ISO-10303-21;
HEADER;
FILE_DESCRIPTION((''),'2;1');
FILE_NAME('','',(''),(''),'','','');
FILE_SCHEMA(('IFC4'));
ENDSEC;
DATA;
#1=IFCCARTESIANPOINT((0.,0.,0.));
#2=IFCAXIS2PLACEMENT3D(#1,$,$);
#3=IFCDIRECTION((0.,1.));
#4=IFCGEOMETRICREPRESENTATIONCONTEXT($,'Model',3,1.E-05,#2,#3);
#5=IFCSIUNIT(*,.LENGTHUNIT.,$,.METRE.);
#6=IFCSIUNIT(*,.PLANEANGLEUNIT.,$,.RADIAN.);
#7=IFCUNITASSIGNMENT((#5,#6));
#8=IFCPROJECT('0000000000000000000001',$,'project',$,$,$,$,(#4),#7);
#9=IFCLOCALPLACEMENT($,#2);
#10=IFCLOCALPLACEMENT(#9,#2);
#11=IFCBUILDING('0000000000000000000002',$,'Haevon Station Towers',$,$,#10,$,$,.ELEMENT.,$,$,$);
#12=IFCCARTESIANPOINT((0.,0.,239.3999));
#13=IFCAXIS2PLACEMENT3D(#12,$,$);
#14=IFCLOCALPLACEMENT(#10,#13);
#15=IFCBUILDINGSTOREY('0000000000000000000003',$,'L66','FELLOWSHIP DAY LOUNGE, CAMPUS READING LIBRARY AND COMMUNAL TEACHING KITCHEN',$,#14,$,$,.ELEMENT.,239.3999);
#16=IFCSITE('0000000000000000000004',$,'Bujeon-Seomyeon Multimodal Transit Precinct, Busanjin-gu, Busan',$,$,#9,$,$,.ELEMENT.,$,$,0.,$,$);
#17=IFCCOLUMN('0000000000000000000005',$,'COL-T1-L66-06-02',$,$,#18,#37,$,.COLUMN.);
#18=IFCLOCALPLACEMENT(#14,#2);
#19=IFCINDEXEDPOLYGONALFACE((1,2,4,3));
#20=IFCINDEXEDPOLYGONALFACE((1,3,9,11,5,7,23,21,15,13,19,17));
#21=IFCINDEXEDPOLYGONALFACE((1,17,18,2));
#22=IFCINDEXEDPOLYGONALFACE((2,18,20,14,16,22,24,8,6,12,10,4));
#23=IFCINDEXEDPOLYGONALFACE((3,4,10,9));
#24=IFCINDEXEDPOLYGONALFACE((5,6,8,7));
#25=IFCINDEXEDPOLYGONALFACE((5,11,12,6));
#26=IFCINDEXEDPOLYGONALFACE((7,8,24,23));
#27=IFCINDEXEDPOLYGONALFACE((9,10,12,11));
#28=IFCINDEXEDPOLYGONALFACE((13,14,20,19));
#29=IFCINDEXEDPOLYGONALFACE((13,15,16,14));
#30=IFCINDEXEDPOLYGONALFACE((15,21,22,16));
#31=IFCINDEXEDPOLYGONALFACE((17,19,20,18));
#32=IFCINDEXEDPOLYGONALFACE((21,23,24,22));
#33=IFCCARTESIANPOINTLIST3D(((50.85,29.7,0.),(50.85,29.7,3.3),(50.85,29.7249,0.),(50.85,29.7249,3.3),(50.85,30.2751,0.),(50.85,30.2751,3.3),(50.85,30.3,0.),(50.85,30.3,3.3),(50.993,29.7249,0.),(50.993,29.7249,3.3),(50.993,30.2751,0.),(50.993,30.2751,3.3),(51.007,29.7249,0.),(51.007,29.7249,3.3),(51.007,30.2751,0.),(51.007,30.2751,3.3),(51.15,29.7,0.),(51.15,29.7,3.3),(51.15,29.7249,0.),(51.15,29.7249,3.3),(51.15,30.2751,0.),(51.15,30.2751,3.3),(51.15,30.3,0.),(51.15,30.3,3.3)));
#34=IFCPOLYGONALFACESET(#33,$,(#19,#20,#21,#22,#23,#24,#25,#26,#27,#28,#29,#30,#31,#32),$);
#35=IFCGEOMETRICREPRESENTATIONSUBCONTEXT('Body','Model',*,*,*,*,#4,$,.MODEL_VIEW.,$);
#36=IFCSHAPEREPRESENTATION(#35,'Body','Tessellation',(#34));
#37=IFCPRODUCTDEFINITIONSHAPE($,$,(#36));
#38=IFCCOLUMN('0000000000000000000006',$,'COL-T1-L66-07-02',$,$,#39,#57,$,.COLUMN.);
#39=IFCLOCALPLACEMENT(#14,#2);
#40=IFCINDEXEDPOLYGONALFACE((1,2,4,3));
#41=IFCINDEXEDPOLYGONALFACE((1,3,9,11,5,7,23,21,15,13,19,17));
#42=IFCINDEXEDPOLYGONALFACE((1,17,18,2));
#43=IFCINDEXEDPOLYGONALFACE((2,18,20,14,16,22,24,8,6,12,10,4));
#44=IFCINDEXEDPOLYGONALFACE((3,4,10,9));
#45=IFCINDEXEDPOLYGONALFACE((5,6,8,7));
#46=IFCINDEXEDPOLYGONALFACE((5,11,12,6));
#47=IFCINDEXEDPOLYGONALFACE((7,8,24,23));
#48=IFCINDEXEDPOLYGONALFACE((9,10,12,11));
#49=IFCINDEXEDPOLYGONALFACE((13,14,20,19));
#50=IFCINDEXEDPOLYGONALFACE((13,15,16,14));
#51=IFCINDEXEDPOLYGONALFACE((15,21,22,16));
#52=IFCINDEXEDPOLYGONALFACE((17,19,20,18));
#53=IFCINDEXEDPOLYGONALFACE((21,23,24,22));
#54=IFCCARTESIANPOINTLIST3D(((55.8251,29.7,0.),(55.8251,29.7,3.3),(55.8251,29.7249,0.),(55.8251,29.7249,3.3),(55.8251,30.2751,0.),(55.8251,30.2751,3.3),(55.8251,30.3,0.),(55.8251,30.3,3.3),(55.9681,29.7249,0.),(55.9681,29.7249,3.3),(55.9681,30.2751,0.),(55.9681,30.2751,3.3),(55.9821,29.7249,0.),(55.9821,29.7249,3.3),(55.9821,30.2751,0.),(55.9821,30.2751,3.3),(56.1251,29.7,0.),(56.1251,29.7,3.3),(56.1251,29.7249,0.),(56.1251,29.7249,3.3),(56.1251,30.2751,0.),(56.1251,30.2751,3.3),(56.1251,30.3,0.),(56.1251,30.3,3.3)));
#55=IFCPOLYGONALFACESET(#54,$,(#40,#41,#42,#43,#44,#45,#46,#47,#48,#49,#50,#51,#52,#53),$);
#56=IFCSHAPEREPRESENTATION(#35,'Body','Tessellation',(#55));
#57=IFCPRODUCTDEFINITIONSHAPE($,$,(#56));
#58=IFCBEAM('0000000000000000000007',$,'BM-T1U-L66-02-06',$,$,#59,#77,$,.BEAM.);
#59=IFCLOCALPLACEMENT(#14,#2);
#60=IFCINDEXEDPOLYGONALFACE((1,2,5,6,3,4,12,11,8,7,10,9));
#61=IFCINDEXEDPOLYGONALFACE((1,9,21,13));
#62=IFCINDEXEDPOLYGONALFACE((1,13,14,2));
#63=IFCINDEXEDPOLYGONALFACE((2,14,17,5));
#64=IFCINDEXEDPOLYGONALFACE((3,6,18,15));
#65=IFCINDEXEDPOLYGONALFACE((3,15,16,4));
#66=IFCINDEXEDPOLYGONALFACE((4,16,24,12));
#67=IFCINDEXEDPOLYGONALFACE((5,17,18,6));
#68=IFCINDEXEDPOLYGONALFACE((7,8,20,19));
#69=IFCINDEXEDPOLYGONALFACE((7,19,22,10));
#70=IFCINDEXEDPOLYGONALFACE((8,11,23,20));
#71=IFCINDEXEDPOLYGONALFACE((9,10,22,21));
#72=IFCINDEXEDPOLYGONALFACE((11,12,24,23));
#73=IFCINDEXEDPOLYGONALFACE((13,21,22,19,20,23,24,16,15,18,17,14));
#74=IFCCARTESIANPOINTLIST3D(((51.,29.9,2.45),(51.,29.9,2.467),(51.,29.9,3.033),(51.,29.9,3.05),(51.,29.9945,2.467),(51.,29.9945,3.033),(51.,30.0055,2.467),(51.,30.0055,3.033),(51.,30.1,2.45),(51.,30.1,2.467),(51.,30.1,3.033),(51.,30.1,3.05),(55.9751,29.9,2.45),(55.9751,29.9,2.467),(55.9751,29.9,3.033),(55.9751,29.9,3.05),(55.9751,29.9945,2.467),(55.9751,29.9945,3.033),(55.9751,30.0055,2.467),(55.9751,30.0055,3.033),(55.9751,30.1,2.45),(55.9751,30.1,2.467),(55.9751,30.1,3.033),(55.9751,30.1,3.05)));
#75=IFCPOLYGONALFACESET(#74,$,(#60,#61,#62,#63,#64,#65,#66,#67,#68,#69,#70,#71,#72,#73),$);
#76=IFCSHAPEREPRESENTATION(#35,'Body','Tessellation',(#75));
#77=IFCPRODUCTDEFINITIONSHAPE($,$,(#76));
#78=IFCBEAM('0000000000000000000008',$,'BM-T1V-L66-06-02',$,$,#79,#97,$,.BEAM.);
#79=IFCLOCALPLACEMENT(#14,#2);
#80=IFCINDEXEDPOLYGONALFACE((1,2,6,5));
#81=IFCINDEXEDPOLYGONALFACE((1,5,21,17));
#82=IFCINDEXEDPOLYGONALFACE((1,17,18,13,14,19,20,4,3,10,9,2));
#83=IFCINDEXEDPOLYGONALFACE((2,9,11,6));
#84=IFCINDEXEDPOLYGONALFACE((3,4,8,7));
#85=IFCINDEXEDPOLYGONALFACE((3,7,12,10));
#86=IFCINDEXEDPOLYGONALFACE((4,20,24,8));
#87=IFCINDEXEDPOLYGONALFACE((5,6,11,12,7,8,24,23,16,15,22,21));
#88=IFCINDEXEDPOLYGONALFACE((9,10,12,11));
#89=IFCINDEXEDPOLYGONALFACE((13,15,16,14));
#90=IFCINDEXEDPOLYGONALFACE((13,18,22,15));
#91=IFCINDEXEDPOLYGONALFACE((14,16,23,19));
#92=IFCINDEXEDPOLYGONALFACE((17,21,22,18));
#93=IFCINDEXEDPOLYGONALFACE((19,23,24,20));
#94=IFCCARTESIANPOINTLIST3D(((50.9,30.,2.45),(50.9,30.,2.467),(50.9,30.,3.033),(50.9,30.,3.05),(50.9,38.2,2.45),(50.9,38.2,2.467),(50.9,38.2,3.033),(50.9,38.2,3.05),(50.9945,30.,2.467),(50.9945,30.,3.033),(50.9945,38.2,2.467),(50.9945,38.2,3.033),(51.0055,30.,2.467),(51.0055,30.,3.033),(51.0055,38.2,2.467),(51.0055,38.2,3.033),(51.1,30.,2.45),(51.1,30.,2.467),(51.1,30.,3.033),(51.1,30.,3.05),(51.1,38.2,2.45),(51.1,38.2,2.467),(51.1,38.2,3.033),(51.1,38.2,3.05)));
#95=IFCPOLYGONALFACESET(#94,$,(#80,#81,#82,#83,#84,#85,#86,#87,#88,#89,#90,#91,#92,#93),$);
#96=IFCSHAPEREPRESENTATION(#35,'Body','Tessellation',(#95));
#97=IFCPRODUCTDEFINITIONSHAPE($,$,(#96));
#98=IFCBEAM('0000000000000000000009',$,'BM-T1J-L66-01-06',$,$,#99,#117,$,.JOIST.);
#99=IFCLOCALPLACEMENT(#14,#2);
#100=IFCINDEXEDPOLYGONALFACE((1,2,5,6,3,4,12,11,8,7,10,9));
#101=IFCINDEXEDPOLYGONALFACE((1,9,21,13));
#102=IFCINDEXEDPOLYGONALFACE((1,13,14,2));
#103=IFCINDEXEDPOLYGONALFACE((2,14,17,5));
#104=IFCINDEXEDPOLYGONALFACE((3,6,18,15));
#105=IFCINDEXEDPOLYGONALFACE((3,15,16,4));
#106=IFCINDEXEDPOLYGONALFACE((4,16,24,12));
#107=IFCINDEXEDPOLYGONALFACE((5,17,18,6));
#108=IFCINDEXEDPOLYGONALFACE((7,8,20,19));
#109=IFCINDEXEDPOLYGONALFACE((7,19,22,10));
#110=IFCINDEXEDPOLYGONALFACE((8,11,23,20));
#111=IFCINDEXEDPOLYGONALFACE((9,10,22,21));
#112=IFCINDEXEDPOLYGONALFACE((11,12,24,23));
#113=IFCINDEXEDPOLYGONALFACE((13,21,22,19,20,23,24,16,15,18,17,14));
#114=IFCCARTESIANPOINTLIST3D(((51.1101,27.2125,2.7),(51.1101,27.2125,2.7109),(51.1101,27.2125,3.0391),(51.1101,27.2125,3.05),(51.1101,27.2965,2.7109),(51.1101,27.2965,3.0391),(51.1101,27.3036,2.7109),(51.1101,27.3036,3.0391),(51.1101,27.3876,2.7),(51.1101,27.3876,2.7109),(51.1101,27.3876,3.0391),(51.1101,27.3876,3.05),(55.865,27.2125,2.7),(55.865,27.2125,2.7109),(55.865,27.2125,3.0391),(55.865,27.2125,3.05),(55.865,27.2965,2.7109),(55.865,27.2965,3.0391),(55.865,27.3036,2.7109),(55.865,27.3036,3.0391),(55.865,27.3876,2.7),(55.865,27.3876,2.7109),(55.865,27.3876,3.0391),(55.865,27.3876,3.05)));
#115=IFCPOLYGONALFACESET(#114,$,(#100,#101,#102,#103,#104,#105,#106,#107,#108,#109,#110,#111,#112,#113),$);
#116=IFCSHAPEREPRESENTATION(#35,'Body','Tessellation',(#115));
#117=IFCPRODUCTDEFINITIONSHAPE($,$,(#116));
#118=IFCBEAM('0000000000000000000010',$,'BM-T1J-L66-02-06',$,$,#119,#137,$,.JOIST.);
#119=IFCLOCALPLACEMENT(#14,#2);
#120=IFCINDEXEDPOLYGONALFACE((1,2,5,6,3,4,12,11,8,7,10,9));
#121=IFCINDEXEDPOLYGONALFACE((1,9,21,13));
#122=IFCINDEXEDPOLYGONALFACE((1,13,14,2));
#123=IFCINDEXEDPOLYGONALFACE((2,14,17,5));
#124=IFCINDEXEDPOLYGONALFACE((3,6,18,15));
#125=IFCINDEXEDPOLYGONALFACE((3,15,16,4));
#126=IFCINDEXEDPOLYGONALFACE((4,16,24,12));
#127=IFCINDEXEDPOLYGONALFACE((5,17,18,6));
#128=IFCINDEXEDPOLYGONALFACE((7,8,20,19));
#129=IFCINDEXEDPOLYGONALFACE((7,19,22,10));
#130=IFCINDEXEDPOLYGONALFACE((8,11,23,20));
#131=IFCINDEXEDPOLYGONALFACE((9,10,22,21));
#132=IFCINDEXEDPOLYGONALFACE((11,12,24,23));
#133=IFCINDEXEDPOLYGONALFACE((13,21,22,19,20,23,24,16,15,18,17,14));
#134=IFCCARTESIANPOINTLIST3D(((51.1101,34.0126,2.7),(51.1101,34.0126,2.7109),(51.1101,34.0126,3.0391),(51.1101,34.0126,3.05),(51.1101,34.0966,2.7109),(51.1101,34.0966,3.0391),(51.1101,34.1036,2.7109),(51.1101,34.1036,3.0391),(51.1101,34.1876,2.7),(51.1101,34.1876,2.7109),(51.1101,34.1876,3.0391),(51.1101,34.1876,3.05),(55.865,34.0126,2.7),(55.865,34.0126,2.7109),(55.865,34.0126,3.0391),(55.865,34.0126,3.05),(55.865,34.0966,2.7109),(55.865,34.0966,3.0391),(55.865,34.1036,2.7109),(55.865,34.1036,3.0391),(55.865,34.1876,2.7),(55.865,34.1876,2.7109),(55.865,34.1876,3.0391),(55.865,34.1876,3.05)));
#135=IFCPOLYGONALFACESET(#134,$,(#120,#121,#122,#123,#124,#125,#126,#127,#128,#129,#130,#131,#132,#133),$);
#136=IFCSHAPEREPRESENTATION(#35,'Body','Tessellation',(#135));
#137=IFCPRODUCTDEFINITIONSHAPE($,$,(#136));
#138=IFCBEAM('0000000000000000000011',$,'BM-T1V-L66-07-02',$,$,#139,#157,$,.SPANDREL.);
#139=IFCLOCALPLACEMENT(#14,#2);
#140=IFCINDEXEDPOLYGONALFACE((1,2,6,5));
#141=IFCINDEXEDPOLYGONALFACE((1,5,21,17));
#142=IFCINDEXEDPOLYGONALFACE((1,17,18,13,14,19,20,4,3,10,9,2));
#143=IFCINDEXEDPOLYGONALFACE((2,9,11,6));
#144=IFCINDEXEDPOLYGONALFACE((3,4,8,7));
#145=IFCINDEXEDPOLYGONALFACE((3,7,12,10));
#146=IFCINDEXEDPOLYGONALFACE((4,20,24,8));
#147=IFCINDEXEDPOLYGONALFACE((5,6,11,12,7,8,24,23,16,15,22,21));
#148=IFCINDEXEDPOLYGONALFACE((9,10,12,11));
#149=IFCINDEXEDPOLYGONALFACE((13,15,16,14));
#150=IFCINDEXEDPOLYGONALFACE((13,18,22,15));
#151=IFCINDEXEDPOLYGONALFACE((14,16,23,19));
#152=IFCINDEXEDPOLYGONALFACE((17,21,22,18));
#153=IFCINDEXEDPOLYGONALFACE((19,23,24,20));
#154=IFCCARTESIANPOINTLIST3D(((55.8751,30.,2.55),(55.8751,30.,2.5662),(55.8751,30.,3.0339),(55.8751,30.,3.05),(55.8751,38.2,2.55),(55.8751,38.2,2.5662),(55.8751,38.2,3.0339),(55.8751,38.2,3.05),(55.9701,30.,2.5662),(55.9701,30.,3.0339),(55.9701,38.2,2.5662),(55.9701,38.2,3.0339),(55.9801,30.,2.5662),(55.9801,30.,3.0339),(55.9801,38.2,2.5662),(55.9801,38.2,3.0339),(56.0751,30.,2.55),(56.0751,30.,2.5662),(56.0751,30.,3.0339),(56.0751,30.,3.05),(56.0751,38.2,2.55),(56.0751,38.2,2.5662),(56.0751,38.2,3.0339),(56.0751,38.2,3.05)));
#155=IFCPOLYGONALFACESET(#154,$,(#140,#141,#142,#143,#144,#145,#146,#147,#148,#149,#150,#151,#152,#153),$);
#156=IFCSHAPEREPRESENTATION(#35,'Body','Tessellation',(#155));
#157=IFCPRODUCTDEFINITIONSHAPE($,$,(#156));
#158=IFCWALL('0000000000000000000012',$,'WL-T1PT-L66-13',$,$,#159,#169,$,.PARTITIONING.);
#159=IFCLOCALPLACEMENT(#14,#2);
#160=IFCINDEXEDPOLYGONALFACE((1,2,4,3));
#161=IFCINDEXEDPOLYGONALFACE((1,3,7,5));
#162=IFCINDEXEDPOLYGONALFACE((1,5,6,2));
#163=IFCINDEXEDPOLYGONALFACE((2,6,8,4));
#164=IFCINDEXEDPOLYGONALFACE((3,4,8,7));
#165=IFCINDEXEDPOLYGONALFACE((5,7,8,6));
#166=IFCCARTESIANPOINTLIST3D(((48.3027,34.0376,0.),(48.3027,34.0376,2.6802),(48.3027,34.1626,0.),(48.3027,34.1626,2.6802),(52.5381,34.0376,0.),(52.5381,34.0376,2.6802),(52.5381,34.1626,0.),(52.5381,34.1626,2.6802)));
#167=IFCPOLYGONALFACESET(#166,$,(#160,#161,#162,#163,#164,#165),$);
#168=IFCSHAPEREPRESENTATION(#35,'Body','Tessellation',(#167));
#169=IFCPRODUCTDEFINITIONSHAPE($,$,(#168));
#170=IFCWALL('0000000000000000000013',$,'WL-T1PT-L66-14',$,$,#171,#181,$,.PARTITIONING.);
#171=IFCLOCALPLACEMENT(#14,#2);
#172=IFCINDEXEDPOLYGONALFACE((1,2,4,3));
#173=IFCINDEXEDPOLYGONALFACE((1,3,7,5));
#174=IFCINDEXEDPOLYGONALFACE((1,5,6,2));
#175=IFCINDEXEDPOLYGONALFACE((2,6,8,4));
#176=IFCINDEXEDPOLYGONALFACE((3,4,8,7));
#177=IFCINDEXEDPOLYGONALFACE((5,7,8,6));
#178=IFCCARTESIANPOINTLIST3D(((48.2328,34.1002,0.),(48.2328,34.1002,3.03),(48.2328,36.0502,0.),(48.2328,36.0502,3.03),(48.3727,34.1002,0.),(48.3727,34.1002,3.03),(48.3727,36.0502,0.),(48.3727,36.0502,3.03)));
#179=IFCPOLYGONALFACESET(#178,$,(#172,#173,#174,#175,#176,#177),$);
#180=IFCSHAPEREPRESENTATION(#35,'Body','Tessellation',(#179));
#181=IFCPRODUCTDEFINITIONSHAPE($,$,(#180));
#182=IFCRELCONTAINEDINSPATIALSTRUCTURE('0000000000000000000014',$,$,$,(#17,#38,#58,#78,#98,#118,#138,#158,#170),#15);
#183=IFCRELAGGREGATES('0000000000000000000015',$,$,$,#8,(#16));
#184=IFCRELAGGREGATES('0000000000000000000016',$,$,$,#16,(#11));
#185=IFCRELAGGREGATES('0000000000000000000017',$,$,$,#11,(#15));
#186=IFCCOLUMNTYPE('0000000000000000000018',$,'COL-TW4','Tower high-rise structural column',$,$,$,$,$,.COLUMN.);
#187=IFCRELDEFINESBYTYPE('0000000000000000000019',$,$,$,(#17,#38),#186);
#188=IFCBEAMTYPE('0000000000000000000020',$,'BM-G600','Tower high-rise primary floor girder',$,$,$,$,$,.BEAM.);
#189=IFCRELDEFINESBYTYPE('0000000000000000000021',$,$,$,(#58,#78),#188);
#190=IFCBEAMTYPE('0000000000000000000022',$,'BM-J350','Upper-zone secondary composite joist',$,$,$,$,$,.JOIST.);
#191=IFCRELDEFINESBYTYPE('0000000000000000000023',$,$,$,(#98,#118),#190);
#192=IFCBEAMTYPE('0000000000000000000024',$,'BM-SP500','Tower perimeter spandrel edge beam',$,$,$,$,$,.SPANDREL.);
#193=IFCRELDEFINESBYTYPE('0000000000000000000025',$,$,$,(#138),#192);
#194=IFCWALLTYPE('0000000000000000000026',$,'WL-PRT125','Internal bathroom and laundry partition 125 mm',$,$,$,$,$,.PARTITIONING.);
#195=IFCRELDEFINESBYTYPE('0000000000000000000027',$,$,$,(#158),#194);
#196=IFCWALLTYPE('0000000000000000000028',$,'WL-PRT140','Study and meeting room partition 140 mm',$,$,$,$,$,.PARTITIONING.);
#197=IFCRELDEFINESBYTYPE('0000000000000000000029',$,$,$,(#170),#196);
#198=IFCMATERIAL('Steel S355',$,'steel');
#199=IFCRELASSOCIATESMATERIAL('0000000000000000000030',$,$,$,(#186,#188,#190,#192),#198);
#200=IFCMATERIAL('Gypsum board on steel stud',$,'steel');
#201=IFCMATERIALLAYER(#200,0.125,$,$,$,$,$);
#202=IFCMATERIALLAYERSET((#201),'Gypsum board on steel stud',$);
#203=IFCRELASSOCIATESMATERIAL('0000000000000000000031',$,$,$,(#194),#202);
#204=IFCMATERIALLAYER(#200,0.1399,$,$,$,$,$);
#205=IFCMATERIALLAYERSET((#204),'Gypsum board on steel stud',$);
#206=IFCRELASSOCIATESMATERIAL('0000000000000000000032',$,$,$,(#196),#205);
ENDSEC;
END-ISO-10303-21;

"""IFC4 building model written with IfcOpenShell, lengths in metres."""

from ifc_helpers import new_model, si_unit, direction, frame, frame_2d, origin, origin_2d, place, context, subcontext, project, spatial, rectangle, i_section, extrude, material, layer, layer_set, material_profile, profile_set, type_object, element, save


model = new_model("IFC4")

# Units and contexts
model_context = context("Model", 3, precision=1e-05, world=origin(), true_north=direction((0.0, 1.0)))
body_context = subcontext(model_context, "Body", "Model", "MODEL_VIEW")
ifc_project = project(units=[si_unit("LENGTHUNIT", "METRE"), si_unit("PLANEANGLEUNIT", "RADIAN")], contexts=[model_context])

# Site, building, storey
site_placement = place(None, origin())
site = spatial("IfcSite", under=ifc_project, at=site_placement, Name="Bujeon-Seomyeon Multimodal Transit Precinct, Busanjin-gu, Busan", CompositionType="ELEMENT", RefElevation=0.0)
building_placement = place(site_placement, origin())
building = spatial("IfcBuilding", under=site, at=building_placement, Name="Haevon Station Towers", CompositionType="ELEMENT")
storey_placement = place(building_placement, frame((0.0, 0.0, 239.3999)))
storey = spatial("IfcBuildingStorey", under=building, at=storey_placement, Name="L66", Description="FELLOWSHIP DAY LOUNGE, CAMPUS READING LIBRARY AND COMMUNAL TEACHING KITCHEN", CompositionType="ELEMENT", Elevation=239.3999)

# Columns
ifc_material_1 = material(Name="Steel S355", Category="steel")
ifc_material_profile_1 = material_profile(ifc_material_1, i_section(OverallWidth=0.3, OverallDepth=0.6001, WebThickness=0.0139, FlangeThickness=0.0249, at=origin_2d()), Name="H-600x300x14x25")
ifc_profile_set_1 = profile_set([ifc_material_profile_1], Name="Steel S355")
column_type = type_object("IfcColumnType", Name="COL-TW4", Description="Tower high-rise structural column", PredefinedType="COLUMN", material=ifc_profile_set_1)
for number, where, z_axis, x_axis, name in (
    (1, (51.0, 30.0, 0.0), (0.0, 0.0, 1.0), (1.0, 0.0, 0.0), "COL-T1-L66-06-02"),
    (2, (55.9751, 30.0, 0.0), (0.0, 0.0, 1.0), (1.0, 0.0, 0.0), "COL-T1-L66-07-02"),
):
    element("IfcColumn", number, at=place(storey_placement, frame(where, z_axis=z_axis, x_axis=x_axis)), inside=storey, type_object=column_type, Name=name, PredefinedType="COLUMN", context=body_context, shape_type="SweptSolid", body=[
        extrude(i_section(OverallWidth=0.3, OverallDepth=0.6001, WebThickness=0.0139, FlangeThickness=0.0249, at=origin_2d()), origin(), (0.0, 0.0, 1.0), 3.3),
    ])

# Beams
ifc_material_profile_2 = material_profile(ifc_material_1, i_section(OverallWidth=0.2, OverallDepth=0.6001, WebThickness=0.011, FlangeThickness=0.0171, at=origin_2d()), Name="H-600x200x11x17")
ifc_profile_set_2 = profile_set([ifc_material_profile_2], Name="Steel S355")
beam_type_1 = type_object("IfcBeamType", Name="BM-G600", Description="Tower high-rise primary floor girder", PredefinedType="BEAM", material=ifc_profile_set_2)
beam_1_placement = place(storey_placement, frame((51.0, 30.0, 2.75), z_axis=(1.0, 0.0, 0.0), x_axis=(0.0, 1.0, 0.0)))
element("IfcBeam", 3, at=beam_1_placement, inside=storey, type_object=beam_type_1, Name="BM-T1U-L66-02-06", PredefinedType="BEAM", context=body_context, shape_type="SweptSolid", body=[
    extrude(i_section(OverallWidth=0.2, OverallDepth=0.6001, WebThickness=0.011, FlangeThickness=0.0171, at=origin_2d()), origin(), (0.0, 0.0, 1.0), 4.9751),
])
beam_2_placement = place(storey_placement, frame((51.0, 30.0, 2.75), z_axis=(0.0, 1.0, 0.0), x_axis=(-1.0, 0.0, 0.0)))
element("IfcBeam", 4, at=beam_2_placement, inside=storey, type_object=beam_type_1, Name="BM-T1V-L66-06-02", PredefinedType="BEAM", context=body_context, shape_type="SweptSolid", body=[
    extrude(i_section(OverallWidth=0.2, OverallDepth=0.6001, WebThickness=0.011, FlangeThickness=0.0171, at=origin_2d()), origin(), (0.0, 0.0, 1.0), 8.2),
])
ifc_material_profile_3 = material_profile(ifc_material_1, i_section(OverallWidth=0.175, OverallDepth=0.3501, WebThickness=0.0071, FlangeThickness=0.011, at=origin_2d()), Name="H-350x175x7x11")
ifc_profile_set_3 = profile_set([ifc_material_profile_3], Name="Steel S355")
beam_type_2 = type_object("IfcBeamType", Name="BM-J350", Description="Upper-zone secondary composite joist", PredefinedType="JOIST", material=ifc_profile_set_3)
for number, where, z_axis, x_axis, name in (
    (5, (51.1101, 27.3, 2.875), (1.0, 0.0, 0.0), (0.0, 1.0, 0.0), "BM-T1J-L66-01-06"),
    (6, (51.1101, 34.1001, 2.875), (1.0, 0.0, 0.0), (0.0, 1.0, 0.0), "BM-T1J-L66-02-06"),
):
    element("IfcBeam", number, at=place(storey_placement, frame(where, z_axis=z_axis, x_axis=x_axis)), inside=storey, type_object=beam_type_2, Name=name, PredefinedType="JOIST", context=body_context, shape_type="SweptSolid", body=[
        extrude(i_section(OverallWidth=0.175, OverallDepth=0.3501, WebThickness=0.0071, FlangeThickness=0.011, at=origin_2d()), origin(), (0.0, 0.0, 1.0), 4.7549),
    ])
ifc_material_profile_4 = material_profile(ifc_material_1, i_section(OverallWidth=0.2, OverallDepth=0.5, WebThickness=0.01, FlangeThickness=0.0161, at=origin_2d()), Name="H-500x200x10x16")
ifc_profile_set_4 = profile_set([ifc_material_profile_4], Name="Steel S355")
beam_type_3 = type_object("IfcBeamType", Name="BM-SP500", Description="Tower perimeter spandrel edge beam", PredefinedType="SPANDREL", material=ifc_profile_set_4)
beam_3_placement = place(storey_placement, frame((55.9751, 30.0, 2.8), z_axis=(0.0, 1.0, 0.0), x_axis=(-1.0, 0.0, 0.0)))
element("IfcBeam", 7, at=beam_3_placement, inside=storey, type_object=beam_type_3, Name="BM-T1V-L66-07-02", PredefinedType="SPANDREL", context=body_context, shape_type="SweptSolid", body=[
    extrude(i_section(OverallWidth=0.2, OverallDepth=0.5, WebThickness=0.01, FlangeThickness=0.0161, at=origin_2d()), origin(), (0.0, 0.0, 1.0), 8.2),
])

# Walls
ifc_material_2 = material(Name="Gypsum board on steel stud", Category="steel")
ifc_layer_1 = layer(ifc_material_2, 0.125)
ifc_layer_set_1 = layer_set([ifc_layer_1], Name="Gypsum board on steel stud")
wall_type_1 = type_object("IfcWallType", Name="WL-PRT125", Description="Internal bathroom and laundry partition 125 mm", PredefinedType="PARTITIONING", material=ifc_layer_set_1)
wall_1_placement = place(storey_placement, frame((48.3027, 34.1001, 0.0), z_axis=(0.0, 0.0, 1.0), x_axis=(1.0, 0.0, 0.0)))
element("IfcWall", 8, at=wall_1_placement, inside=storey, type_object=wall_type_1, Name="WL-T1PT-L66-13", PredefinedType="PARTITIONING", context=body_context, shape_type="SweptSolid", body=[
    extrude(rectangle(XDim=4.2354, YDim=0.125, at=frame_2d((2.1177, 0.0))), origin(), (0.0, 0.0, 1.0), 2.6802),
])
ifc_layer_2 = layer(ifc_material_2, 0.1399)
ifc_layer_set_2 = layer_set([ifc_layer_2], Name="Gypsum board on steel stud")
wall_type_2 = type_object("IfcWallType", Name="WL-PRT140", Description="Study and meeting room partition 140 mm", PredefinedType="PARTITIONING", material=ifc_layer_set_2)
wall_2_placement = place(storey_placement, frame((48.3027, 34.1001, 0.0), z_axis=(0.0, 0.0, 1.0), x_axis=(0.0, 1.0, 0.0)))
element("IfcWall", 9, at=wall_2_placement, inside=storey, type_object=wall_type_2, Name="WL-T1PT-L66-14", PredefinedType="PARTITIONING", context=body_context, shape_type="SweptSolid", body=[
    extrude(rectangle(XDim=1.95, YDim=0.1399, at=frame_2d((0.9751, 0.0))), origin(), (0.0, 0.0, 1.0), 3.03),
])

save(model, "model.ifc")
